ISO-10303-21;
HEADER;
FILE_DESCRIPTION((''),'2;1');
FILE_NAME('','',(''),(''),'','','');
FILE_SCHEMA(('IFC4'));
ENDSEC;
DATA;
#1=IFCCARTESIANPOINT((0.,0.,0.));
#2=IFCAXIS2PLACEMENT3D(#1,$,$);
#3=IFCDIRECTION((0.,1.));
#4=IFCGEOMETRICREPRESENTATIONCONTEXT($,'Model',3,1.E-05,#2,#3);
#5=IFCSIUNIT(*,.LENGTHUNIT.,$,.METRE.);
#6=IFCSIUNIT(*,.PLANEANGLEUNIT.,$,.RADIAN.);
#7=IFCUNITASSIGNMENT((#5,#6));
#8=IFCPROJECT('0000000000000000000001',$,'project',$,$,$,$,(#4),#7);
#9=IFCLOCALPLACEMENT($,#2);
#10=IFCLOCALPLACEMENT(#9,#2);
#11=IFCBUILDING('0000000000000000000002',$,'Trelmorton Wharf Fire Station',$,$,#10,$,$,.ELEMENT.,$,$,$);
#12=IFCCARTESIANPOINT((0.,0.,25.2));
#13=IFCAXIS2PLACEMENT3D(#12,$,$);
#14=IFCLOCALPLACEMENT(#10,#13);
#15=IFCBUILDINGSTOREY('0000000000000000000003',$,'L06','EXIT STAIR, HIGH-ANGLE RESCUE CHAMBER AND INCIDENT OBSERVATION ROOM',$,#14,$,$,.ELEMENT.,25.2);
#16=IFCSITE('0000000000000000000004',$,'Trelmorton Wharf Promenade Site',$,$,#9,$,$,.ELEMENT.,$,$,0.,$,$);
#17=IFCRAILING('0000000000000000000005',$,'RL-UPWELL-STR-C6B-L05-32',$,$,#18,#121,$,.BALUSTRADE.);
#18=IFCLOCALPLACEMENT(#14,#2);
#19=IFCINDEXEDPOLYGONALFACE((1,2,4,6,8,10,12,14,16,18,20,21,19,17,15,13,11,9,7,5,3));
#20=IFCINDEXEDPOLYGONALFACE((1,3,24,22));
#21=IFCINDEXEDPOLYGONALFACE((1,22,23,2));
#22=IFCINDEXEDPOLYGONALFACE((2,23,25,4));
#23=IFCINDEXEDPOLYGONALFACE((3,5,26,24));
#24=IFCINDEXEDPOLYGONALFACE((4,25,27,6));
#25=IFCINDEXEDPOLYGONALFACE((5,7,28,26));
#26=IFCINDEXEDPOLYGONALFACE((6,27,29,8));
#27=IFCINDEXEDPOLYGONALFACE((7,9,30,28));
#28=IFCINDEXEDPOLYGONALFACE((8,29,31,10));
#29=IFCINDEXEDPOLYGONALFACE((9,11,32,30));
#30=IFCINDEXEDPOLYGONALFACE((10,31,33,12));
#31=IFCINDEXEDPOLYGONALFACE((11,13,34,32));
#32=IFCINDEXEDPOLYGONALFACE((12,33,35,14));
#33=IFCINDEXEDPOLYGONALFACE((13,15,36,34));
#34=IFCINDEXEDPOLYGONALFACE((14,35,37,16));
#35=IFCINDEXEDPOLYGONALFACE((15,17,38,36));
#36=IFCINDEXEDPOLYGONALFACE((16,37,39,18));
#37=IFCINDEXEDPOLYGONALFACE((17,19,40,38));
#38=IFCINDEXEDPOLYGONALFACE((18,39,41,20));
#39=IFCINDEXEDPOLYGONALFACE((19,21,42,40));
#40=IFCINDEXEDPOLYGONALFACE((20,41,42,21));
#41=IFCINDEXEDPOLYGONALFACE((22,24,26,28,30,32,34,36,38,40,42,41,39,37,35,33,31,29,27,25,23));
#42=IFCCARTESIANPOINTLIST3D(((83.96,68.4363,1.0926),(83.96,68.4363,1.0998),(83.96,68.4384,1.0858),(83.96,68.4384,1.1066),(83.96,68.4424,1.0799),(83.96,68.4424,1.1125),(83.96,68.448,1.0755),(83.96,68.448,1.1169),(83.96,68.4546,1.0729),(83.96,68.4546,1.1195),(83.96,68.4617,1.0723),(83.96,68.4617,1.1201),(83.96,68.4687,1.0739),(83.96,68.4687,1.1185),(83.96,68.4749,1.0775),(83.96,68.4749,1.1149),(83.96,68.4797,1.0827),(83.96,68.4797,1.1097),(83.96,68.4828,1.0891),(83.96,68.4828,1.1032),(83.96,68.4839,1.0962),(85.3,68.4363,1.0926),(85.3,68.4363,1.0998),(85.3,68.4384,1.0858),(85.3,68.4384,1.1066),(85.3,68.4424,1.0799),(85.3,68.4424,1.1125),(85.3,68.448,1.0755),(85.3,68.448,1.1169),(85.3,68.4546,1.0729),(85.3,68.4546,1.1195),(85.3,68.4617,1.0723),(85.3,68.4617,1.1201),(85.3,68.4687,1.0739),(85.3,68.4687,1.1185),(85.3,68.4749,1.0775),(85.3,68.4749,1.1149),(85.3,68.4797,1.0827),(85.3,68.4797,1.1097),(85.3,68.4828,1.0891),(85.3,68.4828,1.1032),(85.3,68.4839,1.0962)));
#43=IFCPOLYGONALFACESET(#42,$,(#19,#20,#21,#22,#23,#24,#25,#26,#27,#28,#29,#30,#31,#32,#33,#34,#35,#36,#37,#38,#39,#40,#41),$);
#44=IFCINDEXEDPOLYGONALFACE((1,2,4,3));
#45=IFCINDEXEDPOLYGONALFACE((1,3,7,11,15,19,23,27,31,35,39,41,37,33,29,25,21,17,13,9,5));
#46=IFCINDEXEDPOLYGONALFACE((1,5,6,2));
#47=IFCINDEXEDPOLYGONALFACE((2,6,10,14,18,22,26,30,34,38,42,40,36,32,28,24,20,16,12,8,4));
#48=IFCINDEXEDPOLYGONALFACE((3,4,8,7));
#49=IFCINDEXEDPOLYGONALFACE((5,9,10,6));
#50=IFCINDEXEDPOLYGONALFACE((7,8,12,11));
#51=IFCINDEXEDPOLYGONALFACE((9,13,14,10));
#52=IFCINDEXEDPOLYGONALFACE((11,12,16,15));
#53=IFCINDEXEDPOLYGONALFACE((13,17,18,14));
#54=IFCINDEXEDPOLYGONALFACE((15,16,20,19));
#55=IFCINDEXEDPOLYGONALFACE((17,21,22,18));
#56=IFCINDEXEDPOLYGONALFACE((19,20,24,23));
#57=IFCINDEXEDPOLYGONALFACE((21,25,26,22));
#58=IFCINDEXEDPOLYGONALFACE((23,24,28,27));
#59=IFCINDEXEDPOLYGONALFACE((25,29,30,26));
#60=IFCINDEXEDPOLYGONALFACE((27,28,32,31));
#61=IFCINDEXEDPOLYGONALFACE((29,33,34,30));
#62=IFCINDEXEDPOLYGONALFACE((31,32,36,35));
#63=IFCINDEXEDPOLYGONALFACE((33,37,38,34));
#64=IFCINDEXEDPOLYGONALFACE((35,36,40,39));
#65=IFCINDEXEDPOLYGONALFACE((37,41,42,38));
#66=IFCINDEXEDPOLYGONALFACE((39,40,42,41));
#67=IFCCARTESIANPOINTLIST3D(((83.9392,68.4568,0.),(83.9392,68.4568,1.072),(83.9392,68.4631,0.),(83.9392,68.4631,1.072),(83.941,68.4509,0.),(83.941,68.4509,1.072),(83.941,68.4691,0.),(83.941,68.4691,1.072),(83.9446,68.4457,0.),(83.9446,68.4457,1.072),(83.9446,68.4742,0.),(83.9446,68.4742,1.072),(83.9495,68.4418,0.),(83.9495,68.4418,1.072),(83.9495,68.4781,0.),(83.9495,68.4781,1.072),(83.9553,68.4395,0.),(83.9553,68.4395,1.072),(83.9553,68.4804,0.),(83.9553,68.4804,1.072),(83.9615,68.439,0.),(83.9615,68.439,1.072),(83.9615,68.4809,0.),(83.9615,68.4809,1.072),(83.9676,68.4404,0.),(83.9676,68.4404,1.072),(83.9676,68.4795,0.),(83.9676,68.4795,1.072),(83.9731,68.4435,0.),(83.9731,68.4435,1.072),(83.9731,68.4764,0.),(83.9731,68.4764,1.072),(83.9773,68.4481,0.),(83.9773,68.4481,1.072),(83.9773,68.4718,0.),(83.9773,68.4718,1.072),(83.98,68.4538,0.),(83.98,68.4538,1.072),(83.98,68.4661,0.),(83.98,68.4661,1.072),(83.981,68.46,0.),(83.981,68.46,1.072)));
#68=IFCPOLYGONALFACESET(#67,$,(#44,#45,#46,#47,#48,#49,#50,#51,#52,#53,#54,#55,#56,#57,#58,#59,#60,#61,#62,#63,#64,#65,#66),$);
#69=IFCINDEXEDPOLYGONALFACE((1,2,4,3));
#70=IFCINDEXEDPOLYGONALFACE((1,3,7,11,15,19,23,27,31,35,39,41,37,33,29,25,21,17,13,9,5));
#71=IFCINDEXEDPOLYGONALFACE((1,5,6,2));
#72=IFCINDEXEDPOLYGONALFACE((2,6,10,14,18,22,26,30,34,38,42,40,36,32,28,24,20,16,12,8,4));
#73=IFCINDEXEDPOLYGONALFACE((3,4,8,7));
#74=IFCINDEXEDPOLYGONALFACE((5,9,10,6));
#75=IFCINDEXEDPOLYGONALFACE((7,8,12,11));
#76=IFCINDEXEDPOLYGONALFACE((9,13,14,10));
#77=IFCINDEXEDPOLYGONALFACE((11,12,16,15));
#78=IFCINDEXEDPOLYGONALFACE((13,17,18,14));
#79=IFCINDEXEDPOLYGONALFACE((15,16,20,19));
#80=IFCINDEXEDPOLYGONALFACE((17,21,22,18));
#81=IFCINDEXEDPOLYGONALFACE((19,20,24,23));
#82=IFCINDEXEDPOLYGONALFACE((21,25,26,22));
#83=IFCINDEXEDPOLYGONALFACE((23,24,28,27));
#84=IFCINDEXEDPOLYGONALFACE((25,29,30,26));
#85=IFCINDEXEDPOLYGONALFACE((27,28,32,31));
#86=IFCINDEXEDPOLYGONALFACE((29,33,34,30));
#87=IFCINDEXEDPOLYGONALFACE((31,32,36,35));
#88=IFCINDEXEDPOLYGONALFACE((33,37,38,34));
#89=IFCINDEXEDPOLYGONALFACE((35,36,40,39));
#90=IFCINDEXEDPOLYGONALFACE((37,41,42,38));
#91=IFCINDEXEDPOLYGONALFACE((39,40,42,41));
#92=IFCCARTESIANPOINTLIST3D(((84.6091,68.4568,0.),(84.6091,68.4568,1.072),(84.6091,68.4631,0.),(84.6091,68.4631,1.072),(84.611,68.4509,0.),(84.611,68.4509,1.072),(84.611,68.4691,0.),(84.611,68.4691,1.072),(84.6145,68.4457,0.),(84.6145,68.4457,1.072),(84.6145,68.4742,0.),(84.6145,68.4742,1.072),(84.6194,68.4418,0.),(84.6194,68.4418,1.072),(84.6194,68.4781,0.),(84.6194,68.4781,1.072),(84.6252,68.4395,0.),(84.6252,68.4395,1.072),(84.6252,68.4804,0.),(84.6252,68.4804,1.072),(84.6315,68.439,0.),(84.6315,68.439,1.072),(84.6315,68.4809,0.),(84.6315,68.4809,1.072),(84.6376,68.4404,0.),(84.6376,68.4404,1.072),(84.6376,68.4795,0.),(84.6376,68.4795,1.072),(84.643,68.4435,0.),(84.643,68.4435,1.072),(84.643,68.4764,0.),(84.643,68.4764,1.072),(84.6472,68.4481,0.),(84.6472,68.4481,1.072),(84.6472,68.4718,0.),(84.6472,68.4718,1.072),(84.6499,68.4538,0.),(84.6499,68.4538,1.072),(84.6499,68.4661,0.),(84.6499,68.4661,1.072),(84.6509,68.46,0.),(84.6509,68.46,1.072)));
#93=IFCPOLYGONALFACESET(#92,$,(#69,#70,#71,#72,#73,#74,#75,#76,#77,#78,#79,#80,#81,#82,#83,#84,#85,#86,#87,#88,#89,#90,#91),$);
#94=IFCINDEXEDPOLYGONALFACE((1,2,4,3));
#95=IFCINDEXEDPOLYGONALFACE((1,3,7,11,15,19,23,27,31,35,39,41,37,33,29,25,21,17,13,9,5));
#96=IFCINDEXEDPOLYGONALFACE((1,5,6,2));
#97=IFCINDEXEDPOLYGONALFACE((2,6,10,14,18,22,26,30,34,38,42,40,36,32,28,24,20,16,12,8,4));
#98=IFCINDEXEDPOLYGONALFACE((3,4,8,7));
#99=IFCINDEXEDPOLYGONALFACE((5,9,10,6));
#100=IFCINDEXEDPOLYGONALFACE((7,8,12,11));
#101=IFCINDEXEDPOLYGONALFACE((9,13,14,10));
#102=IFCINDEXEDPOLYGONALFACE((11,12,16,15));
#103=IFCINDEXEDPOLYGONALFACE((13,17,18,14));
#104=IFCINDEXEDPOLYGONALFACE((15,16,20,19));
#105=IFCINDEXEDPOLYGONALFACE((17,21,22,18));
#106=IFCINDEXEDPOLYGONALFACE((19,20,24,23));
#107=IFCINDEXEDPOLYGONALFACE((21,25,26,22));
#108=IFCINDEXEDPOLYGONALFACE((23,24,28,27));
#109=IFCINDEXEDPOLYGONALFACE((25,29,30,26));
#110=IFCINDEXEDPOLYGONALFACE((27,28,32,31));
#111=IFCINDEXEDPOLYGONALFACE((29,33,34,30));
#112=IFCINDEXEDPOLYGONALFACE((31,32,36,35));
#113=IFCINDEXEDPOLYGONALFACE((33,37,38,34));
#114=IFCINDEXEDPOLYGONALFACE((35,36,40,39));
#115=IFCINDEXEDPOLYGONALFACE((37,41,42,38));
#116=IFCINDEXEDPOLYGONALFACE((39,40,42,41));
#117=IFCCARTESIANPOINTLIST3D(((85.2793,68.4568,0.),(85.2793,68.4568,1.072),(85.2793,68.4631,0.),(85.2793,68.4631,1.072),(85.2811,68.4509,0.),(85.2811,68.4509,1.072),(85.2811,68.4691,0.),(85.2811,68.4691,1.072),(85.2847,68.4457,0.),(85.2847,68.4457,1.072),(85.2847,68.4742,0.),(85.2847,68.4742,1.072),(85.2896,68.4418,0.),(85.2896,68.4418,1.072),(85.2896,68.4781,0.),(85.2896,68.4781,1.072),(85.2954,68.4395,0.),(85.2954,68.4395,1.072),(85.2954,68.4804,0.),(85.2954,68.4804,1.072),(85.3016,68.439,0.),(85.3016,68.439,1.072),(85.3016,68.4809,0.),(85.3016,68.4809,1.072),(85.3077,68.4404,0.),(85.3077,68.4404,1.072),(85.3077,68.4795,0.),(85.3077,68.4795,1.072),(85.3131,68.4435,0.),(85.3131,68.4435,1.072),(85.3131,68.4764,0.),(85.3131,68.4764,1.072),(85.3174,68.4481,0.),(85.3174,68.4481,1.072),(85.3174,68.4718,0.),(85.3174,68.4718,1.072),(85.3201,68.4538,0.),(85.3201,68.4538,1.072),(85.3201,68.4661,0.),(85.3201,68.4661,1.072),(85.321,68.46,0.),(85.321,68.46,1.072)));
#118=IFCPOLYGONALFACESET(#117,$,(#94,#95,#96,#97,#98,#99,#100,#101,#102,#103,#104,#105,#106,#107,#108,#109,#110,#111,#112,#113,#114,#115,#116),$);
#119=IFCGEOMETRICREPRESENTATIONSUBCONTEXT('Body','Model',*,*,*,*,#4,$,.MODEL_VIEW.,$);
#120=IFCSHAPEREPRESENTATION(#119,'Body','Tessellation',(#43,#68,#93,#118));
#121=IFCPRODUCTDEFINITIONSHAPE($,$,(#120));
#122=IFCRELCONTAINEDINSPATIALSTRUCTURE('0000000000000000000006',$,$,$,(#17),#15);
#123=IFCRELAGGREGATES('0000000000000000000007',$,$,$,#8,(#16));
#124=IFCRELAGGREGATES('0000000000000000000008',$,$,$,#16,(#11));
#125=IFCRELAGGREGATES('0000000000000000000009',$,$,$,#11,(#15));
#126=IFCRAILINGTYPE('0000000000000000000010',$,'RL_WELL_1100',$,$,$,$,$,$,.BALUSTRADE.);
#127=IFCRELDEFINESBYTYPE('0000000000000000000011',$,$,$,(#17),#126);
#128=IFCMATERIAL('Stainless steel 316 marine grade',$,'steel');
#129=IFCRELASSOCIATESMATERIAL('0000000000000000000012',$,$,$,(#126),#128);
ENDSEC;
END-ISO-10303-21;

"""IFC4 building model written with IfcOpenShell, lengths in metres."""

from ifc_helpers import new_model, si_unit, direction, frame, origin, origin_2d, place, context, subcontext, project, spatial, circle, extrude, material, type_object, element, save


model = new_model("IFC4")

# Units and contexts
model_context = context("Model", 3, precision=1e-05, world=origin(), true_north=direction((0.0, 1.0)))
body_context = subcontext(model_context, "Body", "Model", "MODEL_VIEW")
ifc_project = project(units=[si_unit("LENGTHUNIT", "METRE"), si_unit("PLANEANGLEUNIT", "RADIAN")], contexts=[model_context])

# Site, building, storey
site_placement = place(None, origin())
site = spatial("IfcSite", under=ifc_project, at=site_placement, Name="Trelmorton Wharf Promenade Site", CompositionType="ELEMENT", RefElevation=0.0)
building_placement = place(site_placement, origin())
building = spatial("IfcBuilding", under=site, at=building_placement, Name="Trelmorton Wharf Fire Station", CompositionType="ELEMENT")
storey_placement = place(building_placement, frame((0.0, 0.0, 25.2)))
storey = spatial("IfcBuildingStorey", under=building, at=storey_placement, Name="L06", Description="EXIT STAIR, HIGH-ANGLE RESCUE CHAMBER AND INCIDENT OBSERVATION ROOM", CompositionType="ELEMENT", Elevation=25.2)

# Shared definitions
ifc_material_1 = material(Name="Stainless steel 316 marine grade", Category="steel")

# Railing
railing_type = type_object("IfcRailingType", Name="RL_WELL_1100", PredefinedType="BALUSTRADE", material=ifc_material_1)
railing_placement = place(storey_placement, frame((83.96, 68.46, 0.0)))
element("IfcRailing", 1, at=railing_placement, inside=storey, type_object=railing_type, Name="RL-UPWELL-STR-C6B-L05-32", PredefinedType="BALUSTRADE", context=body_context, shape_type="SweptSolid", body=[
    extrude(circle(Radius=0.0239, at=origin_2d()), frame((0.0, 0.0, 1.0962), z_axis=(1.0, 0.0, 0.0), x_axis=(0.0, 1.0, 0.0)), (0.0, 0.0, 1.0), 1.3401),
    extrude(circle(Radius=0.021, at=origin_2d()), origin(), (0.0, 0.0, 1.0), 1.072),
    extrude(circle(Radius=0.021, at=origin_2d()), frame((0.6699, 0.0, 0.0)), (0.0, 0.0, 1.0), 1.072),
    extrude(circle(Radius=0.021, at=origin_2d()), frame((1.3401, 0.0, 0.0)), (0.0, 0.0, 1.0), 1.072),
])

save(model, "model.ifc")
